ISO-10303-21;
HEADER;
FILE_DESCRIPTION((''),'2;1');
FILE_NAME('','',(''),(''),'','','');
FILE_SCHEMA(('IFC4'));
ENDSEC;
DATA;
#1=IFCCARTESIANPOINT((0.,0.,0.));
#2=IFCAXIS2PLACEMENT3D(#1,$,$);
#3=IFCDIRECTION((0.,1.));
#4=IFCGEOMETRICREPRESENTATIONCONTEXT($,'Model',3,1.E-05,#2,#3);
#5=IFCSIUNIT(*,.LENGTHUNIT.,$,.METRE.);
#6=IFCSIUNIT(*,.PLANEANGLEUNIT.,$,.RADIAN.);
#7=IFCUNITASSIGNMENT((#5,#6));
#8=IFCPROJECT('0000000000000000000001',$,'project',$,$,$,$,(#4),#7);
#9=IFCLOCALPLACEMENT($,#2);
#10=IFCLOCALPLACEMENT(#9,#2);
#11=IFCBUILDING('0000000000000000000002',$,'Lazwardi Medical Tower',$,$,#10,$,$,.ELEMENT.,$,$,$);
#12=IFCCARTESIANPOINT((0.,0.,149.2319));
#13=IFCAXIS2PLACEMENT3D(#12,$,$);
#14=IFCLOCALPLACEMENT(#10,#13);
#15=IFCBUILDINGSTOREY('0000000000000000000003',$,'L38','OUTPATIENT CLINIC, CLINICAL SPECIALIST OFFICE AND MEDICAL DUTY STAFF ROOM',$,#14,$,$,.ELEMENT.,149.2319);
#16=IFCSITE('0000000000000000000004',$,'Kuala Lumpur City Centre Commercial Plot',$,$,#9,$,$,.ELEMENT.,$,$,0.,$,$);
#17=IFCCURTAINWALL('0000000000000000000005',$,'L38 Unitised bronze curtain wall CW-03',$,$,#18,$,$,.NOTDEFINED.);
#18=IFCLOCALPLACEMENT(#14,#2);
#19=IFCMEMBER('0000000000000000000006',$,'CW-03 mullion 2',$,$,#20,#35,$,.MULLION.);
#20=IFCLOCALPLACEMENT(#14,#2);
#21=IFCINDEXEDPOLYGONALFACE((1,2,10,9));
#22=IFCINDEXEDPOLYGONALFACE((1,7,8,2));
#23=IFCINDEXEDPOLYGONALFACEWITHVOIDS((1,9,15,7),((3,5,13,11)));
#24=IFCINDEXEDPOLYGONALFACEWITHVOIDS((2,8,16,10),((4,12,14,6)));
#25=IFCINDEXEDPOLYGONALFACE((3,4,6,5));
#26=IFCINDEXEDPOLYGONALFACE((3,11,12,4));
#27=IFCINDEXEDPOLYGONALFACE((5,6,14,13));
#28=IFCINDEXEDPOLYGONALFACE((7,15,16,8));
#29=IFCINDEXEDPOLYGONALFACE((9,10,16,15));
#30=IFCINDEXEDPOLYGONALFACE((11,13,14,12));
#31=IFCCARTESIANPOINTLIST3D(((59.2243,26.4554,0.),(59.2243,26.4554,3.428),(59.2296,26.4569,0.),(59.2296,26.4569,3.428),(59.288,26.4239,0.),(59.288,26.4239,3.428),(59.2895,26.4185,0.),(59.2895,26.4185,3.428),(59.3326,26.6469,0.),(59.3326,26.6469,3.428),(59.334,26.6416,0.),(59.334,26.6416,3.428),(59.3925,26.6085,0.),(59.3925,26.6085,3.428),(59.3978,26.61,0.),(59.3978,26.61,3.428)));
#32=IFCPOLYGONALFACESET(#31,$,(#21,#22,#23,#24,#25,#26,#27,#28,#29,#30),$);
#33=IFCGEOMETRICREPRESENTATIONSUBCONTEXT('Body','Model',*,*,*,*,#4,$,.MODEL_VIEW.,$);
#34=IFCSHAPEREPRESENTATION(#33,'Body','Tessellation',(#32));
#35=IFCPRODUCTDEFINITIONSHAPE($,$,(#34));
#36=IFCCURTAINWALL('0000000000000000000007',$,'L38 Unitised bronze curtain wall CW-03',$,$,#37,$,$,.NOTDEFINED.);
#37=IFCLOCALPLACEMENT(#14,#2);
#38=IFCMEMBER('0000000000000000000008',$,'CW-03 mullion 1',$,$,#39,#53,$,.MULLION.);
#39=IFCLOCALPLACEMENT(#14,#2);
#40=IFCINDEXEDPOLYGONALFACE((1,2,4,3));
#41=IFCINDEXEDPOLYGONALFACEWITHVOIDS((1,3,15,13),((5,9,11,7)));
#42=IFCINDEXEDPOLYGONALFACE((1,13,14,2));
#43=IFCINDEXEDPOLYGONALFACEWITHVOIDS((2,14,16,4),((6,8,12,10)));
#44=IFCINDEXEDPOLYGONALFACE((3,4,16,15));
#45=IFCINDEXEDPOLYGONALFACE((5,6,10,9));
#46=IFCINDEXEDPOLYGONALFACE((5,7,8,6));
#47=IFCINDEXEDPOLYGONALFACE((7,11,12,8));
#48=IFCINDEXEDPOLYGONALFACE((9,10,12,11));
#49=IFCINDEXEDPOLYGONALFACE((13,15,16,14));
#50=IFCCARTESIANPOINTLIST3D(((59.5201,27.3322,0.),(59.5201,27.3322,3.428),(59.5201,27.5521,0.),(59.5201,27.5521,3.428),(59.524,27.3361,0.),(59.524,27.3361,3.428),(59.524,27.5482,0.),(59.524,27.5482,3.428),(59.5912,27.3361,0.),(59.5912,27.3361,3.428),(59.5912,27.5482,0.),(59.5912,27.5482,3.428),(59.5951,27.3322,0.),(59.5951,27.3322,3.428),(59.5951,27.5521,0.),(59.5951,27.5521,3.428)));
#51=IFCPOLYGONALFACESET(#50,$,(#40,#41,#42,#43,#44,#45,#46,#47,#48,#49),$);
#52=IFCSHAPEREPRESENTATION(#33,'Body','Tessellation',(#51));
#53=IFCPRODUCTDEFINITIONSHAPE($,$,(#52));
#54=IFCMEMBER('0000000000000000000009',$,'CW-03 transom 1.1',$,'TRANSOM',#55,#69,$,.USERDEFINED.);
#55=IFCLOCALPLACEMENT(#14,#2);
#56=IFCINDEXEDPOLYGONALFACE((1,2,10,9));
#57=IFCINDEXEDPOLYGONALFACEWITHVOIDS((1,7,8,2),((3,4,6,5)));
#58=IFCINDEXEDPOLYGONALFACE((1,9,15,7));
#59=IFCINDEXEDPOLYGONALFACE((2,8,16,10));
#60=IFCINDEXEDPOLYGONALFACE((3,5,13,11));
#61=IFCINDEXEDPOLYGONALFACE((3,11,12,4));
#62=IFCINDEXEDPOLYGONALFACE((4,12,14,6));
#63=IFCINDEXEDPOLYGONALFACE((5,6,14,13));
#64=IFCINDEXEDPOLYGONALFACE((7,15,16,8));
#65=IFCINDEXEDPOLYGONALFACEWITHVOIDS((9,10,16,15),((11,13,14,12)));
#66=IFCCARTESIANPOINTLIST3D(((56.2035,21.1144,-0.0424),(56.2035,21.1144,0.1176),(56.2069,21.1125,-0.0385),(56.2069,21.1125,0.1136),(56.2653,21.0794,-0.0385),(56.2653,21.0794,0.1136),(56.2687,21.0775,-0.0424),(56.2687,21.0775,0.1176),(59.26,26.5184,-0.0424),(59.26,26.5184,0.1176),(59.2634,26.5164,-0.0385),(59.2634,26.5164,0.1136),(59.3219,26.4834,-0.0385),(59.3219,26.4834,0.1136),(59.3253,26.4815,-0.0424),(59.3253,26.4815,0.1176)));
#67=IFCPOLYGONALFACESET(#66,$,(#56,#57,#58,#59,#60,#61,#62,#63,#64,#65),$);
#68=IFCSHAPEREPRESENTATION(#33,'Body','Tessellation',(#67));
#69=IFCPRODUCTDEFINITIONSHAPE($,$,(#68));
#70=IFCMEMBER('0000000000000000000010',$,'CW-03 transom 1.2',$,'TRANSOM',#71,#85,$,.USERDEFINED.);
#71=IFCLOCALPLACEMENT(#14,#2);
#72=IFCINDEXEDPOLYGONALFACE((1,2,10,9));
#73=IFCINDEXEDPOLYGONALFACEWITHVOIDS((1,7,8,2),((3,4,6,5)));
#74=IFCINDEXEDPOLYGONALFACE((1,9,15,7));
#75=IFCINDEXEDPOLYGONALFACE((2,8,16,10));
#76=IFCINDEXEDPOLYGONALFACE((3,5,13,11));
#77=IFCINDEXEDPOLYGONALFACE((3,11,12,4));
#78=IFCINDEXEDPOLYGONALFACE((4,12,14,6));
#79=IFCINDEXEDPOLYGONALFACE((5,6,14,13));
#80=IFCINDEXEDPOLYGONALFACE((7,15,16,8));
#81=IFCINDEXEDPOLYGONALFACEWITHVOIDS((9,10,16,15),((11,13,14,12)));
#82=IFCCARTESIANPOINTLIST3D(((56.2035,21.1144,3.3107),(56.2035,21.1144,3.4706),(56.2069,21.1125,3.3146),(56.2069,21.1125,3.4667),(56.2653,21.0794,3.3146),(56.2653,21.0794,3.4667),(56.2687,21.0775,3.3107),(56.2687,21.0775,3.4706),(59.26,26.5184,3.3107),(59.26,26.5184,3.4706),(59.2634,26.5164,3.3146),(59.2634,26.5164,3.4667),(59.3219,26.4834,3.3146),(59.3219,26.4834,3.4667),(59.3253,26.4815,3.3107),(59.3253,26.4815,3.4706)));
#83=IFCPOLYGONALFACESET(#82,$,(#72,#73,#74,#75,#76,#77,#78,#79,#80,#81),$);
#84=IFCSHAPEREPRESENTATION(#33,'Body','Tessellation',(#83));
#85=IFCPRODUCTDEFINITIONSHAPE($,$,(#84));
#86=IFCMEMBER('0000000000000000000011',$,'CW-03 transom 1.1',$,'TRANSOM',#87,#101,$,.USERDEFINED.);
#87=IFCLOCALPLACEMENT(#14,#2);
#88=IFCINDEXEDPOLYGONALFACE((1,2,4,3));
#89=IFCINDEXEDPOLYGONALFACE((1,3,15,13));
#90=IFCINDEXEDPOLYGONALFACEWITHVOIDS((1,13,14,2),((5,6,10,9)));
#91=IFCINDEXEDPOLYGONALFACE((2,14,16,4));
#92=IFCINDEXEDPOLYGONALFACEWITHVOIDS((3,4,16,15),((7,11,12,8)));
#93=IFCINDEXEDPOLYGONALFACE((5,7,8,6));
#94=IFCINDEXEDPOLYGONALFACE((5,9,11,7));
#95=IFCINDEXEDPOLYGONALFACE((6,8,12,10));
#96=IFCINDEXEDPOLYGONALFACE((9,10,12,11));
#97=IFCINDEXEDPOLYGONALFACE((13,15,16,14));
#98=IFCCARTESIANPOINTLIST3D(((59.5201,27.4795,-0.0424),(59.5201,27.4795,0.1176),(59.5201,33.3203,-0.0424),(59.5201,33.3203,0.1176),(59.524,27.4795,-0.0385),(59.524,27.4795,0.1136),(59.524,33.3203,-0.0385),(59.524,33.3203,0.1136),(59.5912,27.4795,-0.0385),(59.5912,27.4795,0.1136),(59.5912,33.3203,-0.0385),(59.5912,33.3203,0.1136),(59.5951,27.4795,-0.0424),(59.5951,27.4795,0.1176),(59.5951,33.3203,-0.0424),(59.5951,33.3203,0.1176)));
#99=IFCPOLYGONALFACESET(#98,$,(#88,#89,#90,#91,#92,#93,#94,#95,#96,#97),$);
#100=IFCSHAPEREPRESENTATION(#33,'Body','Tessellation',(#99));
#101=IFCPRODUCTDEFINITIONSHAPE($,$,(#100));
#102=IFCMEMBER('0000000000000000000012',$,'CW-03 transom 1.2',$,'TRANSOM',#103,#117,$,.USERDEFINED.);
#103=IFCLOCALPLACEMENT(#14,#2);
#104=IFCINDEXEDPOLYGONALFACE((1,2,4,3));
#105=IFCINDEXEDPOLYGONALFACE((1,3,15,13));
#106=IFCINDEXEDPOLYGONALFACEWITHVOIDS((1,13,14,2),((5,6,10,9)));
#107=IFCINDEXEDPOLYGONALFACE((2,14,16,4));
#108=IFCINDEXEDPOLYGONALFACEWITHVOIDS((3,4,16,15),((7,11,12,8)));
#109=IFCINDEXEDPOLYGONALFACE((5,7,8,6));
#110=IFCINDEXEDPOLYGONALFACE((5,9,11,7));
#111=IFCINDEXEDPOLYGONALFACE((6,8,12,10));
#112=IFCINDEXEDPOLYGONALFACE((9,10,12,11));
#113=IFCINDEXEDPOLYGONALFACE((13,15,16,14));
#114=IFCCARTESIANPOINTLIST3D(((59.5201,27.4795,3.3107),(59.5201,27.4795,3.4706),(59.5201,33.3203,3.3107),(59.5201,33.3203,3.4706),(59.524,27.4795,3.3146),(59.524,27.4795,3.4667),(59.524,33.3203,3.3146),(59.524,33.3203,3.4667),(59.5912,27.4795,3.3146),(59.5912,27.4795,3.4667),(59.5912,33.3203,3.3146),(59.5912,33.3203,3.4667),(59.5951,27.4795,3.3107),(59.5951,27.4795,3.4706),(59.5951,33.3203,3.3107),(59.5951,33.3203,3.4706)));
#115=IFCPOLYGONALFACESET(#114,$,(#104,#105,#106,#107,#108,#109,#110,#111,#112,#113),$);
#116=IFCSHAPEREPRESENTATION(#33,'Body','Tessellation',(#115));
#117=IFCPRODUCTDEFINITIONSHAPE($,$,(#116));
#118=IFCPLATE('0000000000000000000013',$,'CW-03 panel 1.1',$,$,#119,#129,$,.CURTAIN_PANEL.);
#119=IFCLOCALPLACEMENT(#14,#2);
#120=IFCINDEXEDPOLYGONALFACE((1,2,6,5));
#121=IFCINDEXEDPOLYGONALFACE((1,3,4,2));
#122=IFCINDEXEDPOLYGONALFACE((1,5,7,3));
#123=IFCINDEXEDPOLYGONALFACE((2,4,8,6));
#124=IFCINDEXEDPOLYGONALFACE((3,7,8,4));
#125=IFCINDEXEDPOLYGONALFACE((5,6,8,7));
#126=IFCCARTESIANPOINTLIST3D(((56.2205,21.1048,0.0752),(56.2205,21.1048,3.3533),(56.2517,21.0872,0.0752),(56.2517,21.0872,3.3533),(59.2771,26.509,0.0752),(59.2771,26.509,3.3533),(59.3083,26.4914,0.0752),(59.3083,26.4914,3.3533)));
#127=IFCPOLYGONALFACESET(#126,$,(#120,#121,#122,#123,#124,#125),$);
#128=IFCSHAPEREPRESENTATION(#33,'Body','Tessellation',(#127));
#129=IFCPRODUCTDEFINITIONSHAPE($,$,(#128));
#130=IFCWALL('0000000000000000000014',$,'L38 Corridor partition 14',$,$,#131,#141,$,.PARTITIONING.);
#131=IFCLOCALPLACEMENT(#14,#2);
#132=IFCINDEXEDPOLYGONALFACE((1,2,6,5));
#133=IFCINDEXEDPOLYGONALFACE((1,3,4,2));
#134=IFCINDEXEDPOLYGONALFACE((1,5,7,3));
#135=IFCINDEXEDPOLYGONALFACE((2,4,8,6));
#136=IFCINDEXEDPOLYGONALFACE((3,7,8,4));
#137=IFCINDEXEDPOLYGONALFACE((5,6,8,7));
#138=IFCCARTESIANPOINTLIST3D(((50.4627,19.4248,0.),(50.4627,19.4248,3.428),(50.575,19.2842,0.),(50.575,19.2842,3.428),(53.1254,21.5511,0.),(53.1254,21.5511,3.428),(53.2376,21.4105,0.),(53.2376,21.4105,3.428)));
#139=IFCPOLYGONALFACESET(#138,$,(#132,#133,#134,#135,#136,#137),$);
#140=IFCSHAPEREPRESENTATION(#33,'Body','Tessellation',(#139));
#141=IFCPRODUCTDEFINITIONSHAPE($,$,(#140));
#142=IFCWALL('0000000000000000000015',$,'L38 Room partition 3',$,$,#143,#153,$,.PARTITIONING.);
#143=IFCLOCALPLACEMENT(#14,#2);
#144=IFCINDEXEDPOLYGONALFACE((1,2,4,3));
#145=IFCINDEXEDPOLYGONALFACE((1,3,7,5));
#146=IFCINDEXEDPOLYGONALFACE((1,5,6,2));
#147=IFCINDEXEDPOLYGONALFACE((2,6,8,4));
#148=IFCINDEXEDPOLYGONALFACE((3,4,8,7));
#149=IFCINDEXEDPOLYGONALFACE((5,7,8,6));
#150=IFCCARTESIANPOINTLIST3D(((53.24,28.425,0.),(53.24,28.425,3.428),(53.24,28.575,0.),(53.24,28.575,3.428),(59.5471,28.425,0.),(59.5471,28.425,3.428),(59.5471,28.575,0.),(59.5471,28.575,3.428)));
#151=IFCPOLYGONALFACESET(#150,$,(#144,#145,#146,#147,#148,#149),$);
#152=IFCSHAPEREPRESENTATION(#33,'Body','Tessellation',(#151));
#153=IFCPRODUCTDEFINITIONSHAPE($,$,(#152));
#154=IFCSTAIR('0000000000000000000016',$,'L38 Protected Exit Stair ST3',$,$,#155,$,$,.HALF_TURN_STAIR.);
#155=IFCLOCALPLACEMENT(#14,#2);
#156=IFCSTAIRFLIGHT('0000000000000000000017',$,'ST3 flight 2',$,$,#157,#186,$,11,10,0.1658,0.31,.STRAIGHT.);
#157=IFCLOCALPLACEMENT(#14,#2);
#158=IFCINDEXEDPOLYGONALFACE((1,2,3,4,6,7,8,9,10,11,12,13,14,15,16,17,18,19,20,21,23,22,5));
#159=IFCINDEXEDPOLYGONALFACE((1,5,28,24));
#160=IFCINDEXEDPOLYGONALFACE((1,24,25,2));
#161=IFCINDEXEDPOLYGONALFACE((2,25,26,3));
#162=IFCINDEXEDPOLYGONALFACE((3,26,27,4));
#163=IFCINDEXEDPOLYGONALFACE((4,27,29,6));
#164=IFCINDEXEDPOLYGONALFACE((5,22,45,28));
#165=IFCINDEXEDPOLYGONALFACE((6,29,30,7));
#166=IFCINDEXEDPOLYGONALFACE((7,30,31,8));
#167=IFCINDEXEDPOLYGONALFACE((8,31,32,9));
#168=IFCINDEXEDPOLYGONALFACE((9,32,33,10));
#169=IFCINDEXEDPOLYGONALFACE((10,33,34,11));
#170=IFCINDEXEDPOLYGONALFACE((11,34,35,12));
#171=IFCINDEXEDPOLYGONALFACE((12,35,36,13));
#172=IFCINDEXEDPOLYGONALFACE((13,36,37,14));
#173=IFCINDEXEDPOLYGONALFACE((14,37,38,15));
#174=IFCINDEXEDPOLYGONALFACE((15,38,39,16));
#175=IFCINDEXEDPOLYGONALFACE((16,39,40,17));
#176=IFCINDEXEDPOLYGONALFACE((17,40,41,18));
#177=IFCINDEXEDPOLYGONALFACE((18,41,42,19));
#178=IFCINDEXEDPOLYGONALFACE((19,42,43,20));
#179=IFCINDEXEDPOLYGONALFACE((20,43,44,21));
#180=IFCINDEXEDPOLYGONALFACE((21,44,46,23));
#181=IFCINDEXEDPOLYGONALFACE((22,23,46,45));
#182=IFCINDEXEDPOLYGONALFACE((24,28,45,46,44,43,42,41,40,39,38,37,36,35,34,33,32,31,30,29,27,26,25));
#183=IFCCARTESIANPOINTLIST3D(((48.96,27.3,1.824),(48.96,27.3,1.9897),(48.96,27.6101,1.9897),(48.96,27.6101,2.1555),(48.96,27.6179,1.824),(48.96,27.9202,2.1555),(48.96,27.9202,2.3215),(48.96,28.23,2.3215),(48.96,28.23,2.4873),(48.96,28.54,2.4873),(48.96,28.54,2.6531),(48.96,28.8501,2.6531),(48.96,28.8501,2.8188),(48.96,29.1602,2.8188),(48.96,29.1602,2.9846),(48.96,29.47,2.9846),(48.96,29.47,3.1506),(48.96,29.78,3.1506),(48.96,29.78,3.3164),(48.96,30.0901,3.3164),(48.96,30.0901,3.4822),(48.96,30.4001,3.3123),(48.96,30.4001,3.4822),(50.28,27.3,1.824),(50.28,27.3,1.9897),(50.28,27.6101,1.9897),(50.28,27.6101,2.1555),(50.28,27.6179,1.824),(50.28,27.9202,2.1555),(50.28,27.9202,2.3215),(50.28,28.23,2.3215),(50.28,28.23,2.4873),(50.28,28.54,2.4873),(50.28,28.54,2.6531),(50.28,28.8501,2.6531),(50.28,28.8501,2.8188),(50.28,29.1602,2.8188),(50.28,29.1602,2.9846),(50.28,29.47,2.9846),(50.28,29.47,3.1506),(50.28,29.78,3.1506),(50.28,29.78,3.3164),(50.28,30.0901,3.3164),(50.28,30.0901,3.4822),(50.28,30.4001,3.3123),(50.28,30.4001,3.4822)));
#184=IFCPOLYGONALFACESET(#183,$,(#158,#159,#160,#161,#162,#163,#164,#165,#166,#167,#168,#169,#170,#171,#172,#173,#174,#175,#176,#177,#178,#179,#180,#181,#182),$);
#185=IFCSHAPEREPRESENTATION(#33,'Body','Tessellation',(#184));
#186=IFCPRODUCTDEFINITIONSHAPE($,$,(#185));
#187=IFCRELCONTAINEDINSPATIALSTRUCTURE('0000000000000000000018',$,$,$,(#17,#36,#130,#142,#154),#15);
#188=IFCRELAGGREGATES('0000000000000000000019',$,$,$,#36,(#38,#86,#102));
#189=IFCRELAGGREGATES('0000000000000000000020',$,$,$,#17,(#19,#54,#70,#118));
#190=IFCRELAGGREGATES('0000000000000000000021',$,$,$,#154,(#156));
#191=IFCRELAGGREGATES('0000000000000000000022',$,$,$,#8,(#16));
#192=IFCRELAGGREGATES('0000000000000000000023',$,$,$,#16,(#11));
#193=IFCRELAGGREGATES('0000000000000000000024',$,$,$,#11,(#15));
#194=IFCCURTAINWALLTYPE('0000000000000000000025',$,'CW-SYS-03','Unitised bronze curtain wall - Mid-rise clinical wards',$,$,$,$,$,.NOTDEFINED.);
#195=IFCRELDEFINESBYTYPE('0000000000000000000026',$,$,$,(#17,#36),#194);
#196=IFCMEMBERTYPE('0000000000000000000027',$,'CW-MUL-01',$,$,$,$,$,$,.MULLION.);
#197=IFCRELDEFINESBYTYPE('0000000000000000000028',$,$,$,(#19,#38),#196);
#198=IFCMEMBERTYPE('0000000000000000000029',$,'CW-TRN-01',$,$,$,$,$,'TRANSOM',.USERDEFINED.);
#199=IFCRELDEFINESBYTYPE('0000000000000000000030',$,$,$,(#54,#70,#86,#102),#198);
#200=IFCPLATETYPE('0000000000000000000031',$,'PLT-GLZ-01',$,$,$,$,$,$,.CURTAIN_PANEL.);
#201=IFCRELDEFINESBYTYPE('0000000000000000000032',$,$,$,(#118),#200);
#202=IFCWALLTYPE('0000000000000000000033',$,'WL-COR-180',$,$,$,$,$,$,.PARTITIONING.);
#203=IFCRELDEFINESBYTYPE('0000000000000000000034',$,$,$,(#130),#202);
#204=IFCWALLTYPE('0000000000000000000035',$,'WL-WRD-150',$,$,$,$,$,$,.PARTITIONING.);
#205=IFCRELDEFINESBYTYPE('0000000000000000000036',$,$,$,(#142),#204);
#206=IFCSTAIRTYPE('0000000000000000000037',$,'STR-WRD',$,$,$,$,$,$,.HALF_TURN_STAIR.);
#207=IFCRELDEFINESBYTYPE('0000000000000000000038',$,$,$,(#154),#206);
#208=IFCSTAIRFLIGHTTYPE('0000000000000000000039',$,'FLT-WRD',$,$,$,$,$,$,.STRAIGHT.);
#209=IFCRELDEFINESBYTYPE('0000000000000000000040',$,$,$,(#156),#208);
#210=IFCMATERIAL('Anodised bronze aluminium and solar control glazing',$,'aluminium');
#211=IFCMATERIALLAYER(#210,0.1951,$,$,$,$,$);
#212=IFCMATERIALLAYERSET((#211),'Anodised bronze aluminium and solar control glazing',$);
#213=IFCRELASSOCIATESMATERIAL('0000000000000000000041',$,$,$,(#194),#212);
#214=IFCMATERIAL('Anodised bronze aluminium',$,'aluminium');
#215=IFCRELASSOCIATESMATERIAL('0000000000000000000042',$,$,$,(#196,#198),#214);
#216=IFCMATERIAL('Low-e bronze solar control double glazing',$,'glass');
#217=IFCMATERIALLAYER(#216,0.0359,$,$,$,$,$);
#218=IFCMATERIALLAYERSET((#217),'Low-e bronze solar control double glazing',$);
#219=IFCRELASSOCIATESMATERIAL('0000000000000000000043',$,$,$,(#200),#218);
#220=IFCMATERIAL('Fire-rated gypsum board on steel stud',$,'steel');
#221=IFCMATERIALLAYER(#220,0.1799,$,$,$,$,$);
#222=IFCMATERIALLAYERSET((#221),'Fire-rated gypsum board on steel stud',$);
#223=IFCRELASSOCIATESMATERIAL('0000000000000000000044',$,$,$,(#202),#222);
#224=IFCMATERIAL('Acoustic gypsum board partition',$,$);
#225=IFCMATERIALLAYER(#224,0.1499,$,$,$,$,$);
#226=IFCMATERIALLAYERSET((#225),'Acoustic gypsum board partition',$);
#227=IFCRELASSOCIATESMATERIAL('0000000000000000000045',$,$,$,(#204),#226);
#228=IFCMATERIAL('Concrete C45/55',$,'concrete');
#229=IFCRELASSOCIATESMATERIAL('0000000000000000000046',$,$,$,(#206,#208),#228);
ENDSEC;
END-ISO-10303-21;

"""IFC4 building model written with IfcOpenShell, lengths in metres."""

from ifc_helpers import new_model, si_unit, direction, frame, frame_2d, origin, origin_2d, place, context, subcontext, project, spatial, polyline, rectangle, hollow_rectangle, outline, extrude, material, layer, layer_set, material_profile, profile_set, type_object, element, aggregate, save


model = new_model("IFC4")

# Units and contexts
model_context = context("Model", 3, precision=1e-05, world=origin(), true_north=direction((0.0, 1.0)))
body_context = subcontext(model_context, "Body", "Model", "MODEL_VIEW")
ifc_project = project(units=[si_unit("LENGTHUNIT", "METRE"), si_unit("PLANEANGLEUNIT", "RADIAN")], contexts=[model_context])

# Site, building, storey
site_placement = place(None, origin())
site = spatial("IfcSite", under=ifc_project, at=site_placement, Name="Kuala Lumpur City Centre Commercial Plot", CompositionType="ELEMENT", RefElevation=0.0)
building_placement = place(site_placement, origin())
building = spatial("IfcBuilding", under=site, at=building_placement, Name="Lazwardi Medical Tower", CompositionType="ELEMENT")
storey_placement = place(building_placement, frame((0.0, 0.0, 149.2319)))
storey = spatial("IfcBuildingStorey", under=building, at=storey_placement, Name="L38", Description="OUTPATIENT CLINIC, CLINICAL SPECIALIST OFFICE AND MEDICAL DUTY STAFF ROOM", CompositionType="ELEMENT", Elevation=149.2319)

# Curtain wall, member
ifc_material_1 = material(Name="Anodised bronze aluminium and solar control glazing", Category="aluminium")
ifc_layer_1 = layer(ifc_material_1, 0.1951)
ifc_layer_set_1 = layer_set([ifc_layer_1], Name="Anodised bronze aluminium and solar control glazing")
curtain_wall_type = type_object("IfcCurtainWallType", Name="CW-SYS-03", Description="Unitised bronze curtain wall - Mid-rise clinical wards", PredefinedType="NOTDEFINED", material=ifc_layer_set_1)
curtain_wall_1_placement = place(storey_placement, origin())
curtain_wall_1 = element("IfcCurtainWall", 1, at=curtain_wall_1_placement, inside=storey, type_object=curtain_wall_type, Name="L38 Unitised bronze curtain wall CW-03", PredefinedType="NOTDEFINED")
ifc_material_2 = material(Name="Anodised bronze aluminium", Category="aluminium")
ifc_material_profile_1 = material_profile(ifc_material_2, hollow_rectangle(XDim=0.075, YDim=0.22, WallThickness=0.0039, at=origin_2d()), Name="ALU-MULLION 220x75x4")
ifc_profile_set_1 = profile_set([ifc_material_profile_1], Name="Anodised bronze aluminium")
member_type_1 = type_object("IfcMemberType", Name="CW-MUL-01", PredefinedType="MULLION", material=ifc_profile_set_1)
member_1_placement = place(storey_placement, frame((59.311, 26.5327, 0.0), z_axis=(0.0, 0.0, 1.0), x_axis=(-0.870419, 0.492312, 0.0)))
member_1 = element("IfcMember", 2, at=member_1_placement, type_object=member_type_1, Name="CW-03 mullion 2", PredefinedType="MULLION", context=body_context, shape_type="SweptSolid", body=[
    extrude(hollow_rectangle(XDim=0.075, YDim=0.22, WallThickness=0.0039, at=origin_2d()), origin(), (0.0, 0.0, 1.0), 3.428),
])

# Curtain wall, member
curtain_wall_2_placement = place(storey_placement, origin())
curtain_wall_2 = element("IfcCurtainWall", 3, at=curtain_wall_2_placement, inside=storey, type_object=curtain_wall_type, Name="L38 Unitised bronze curtain wall CW-03", PredefinedType="NOTDEFINED")
member_2_placement = place(storey_placement, frame((59.5576, 27.4421, 0.0), z_axis=(0.0, 0.0, 1.0), x_axis=(-1.0, 0.0, 0.0)))
member_2 = element("IfcMember", 4, at=member_2_placement, type_object=member_type_1, Name="CW-03 mullion 1", PredefinedType="MULLION", context=body_context, shape_type="SweptSolid", body=[
    extrude(hollow_rectangle(XDim=0.075, YDim=0.22, WallThickness=0.0039, at=origin_2d()), origin(), (0.0, 0.0, 1.0), 3.428),
])

# Members
ifc_material_profile_2 = material_profile(ifc_material_2, hollow_rectangle(XDim=0.075, YDim=0.1599, WallThickness=0.0039, at=origin_2d()), Name="ALU-TRANSOM 160x75x4")
ifc_profile_set_2 = profile_set([ifc_material_profile_2], Name="Anodised bronze aluminium")
member_type_2 = type_object("IfcMemberType", Name="CW-TRN-01", ElementType="TRANSOM", PredefinedType="USERDEFINED", material=ifc_profile_set_2)
member_3_placement = place(storey_placement, frame((56.2361, 21.0959, 0.0376), z_axis=(0.492323, 0.870413, 0.0), x_axis=(-0.870413, 0.492323, 0.0)))
member_3 = element("IfcMember", 5, at=member_3_placement, type_object=member_type_2, Name="CW-03 transom 1.1", ObjectType="TRANSOM", PredefinedType="USERDEFINED", context=body_context, shape_type="SweptSolid", body=[
    extrude(hollow_rectangle(XDim=0.075, YDim=0.1599, WallThickness=0.0039, at=origin_2d()), origin(), (0.0, 0.0, 1.0), 6.2085),
])
member_4_placement = place(storey_placement, frame((56.2361, 21.0959, 3.3906), z_axis=(0.492323, 0.870413, 0.0), x_axis=(-0.870413, 0.492323, 0.0)))
member_4 = element("IfcMember", 6, at=member_4_placement, type_object=member_type_2, Name="CW-03 transom 1.2", ObjectType="TRANSOM", PredefinedType="USERDEFINED", context=body_context, shape_type="SweptSolid", body=[
    extrude(hollow_rectangle(XDim=0.075, YDim=0.1599, WallThickness=0.0039, at=origin_2d()), origin(), (0.0, 0.0, 1.0), 6.2085),
])
member_5_placement = place(storey_placement, frame((59.5576, 27.4795, 0.0376), z_axis=(0.0, 1.0, 0.0), x_axis=(-1.0, 0.0, 0.0)))
member_5 = element("IfcMember", 7, at=member_5_placement, type_object=member_type_2, Name="CW-03 transom 1.1", ObjectType="TRANSOM", PredefinedType="USERDEFINED", context=body_context, shape_type="SweptSolid", body=[
    extrude(hollow_rectangle(XDim=0.075, YDim=0.1599, WallThickness=0.0039, at=origin_2d()), origin(), (0.0, 0.0, 1.0), 5.8408),
])
member_6_placement = place(storey_placement, frame((59.5576, 27.4795, 3.3906), z_axis=(0.0, 1.0, 0.0), x_axis=(-1.0, 0.0, 0.0)))
member_6 = element("IfcMember", 8, at=member_6_placement, type_object=member_type_2, Name="CW-03 transom 1.2", ObjectType="TRANSOM", PredefinedType="USERDEFINED", context=body_context, shape_type="SweptSolid", body=[
    extrude(hollow_rectangle(XDim=0.075, YDim=0.1599, WallThickness=0.0039, at=origin_2d()), origin(), (0.0, 0.0, 1.0), 5.8408),
])
aggregate(curtain_wall_2, [member_2, member_5, member_6])

# Plate
ifc_material_3 = material(Name="Low-e bronze solar control double glazing", Category="glass")
ifc_layer_2 = layer(ifc_material_3, 0.0359)
ifc_layer_set_2 = layer_set([ifc_layer_2], Name="Low-e bronze solar control double glazing")
plate_type = type_object("IfcPlateType", Name="PLT-GLZ-01", PredefinedType="CURTAIN_PANEL", material=ifc_layer_set_2)
plate_placement = place(storey_placement, frame((57.7644, 23.7981, 0.0752), z_axis=(0.0, 0.0, 1.0), x_axis=(0.492312, 0.870419, 0.0)))
plate = element("IfcPlate", 9, at=plate_placement, type_object=plate_type, Name="CW-03 panel 1.1", PredefinedType="CURTAIN_PANEL", context=body_context, shape_type="SweptSolid", body=[
    extrude(rectangle(XDim=6.2087, YDim=0.0359, at=origin_2d()), origin(), (0.0, 0.0, 1.0), 3.2781),
])
aggregate(curtain_wall_1, [member_1, member_3, member_4, plate])

# Walls
ifc_material_4 = material(Name="Fire-rated gypsum board on steel stud", Category="steel")
ifc_layer_3 = layer(ifc_material_4, 0.1799)
ifc_layer_set_3 = layer_set([ifc_layer_3], Name="Fire-rated gypsum board on steel stud")
wall_type_1 = type_object("IfcWallType", Name="WL-COR-180", PredefinedType="PARTITIONING", material=ifc_layer_set_3)
wall_1_placement = place(storey_placement, frame((53.1814, 21.4807, 0.0), z_axis=(0.0, 0.0, 1.0), x_axis=(-0.781421, -0.624005, 0.0)))
element("IfcWall", 10, at=wall_1_placement, inside=storey, type_object=wall_type_1, Name="L38 Corridor partition 14", PredefinedType="PARTITIONING", context=body_context, shape_type="SweptSolid", body=[
    extrude(rectangle(XDim=3.4075, YDim=0.1799, at=frame_2d((1.7036, 0.0))), origin(), (0.0, 0.0, 1.0), 3.428),
])
ifc_material_5 = material(Name="Acoustic gypsum board partition")
ifc_layer_4 = layer(ifc_material_5, 0.1499)
ifc_layer_set_4 = layer_set([ifc_layer_4], Name="Acoustic gypsum board partition")
wall_type_2 = type_object("IfcWallType", Name="WL-WRD-150", PredefinedType="PARTITIONING", material=ifc_layer_set_4)
wall_2_placement = place(storey_placement, frame((53.24, 28.5, 0.0), z_axis=(0.0, 0.0, 1.0), x_axis=(1.0, 0.0, 0.0)))
element("IfcWall", 11, at=wall_2_placement, inside=storey, type_object=wall_type_2, Name="L38 Room partition 3", PredefinedType="PARTITIONING", context=body_context, shape_type="SweptSolid", body=[
    extrude(rectangle(XDim=6.3071, YDim=0.1499, at=frame_2d((3.1536, 0.0))), origin(), (0.0, 0.0, 1.0), 3.428),
])

# Stair, stair flight
ifc_material_6 = material(Name="Concrete C45/55", Category="concrete")
stair_type = type_object("IfcStairType", Name="STR-WRD", PredefinedType="HALF_TURN_STAIR", material=ifc_material_6)
stair_placement = place(storey_placement, origin())
stair = element("IfcStair", 12, at=stair_placement, inside=storey, type_object=stair_type, Name="L38 Protected Exit Stair ST3", PredefinedType="HALF_TURN_STAIR")
stair_flight_type = type_object("IfcStairFlightType", Name="FLT-WRD", PredefinedType="STRAIGHT", material=ifc_material_6)
stair_flight_placement = place(storey_placement, frame((49.6201, 27.3, 1.824), z_axis=(0.0, 0.0, 1.0), x_axis=(0.0, 1.0, 0.0)))
stair_flight = element("IfcStairFlight", 13, at=stair_flight_placement, type_object=stair_flight_type, Name="ST3 flight 2", NumberOfRisers=11, NumberOfTreads=10, PredefinedType="STRAIGHT", RiserHeight=0.1658, TreadLength=0.31, context=body_context, shape_type="SweptSolid", body=[
    extrude(outline(polyline([(0.0, 0.0), (0.0, 0.1658), (0.3101, 0.1658), (0.3101, 0.3315), (0.6201, 0.3315), (0.6201, 0.4976), (0.9299, 0.4976), (0.9299, 0.6633), (1.24, 0.6633), (1.24, 0.8291), (1.55, 0.8291), (1.55, 0.9949), (1.8601, 0.9949), (1.8601, 1.1606), (2.1699, 1.1606), (2.1699, 1.3267), (2.48, 1.3267), (2.48, 1.4924), (2.79, 1.4924), (2.79, 1.6582), (3.1001, 1.6582), (3.1001, 1.824), (3.1001, 1.4883), (0.3179, 0.0), (0.0, 0.0)])), frame((0.0, 0.6602, 0.0), z_axis=(0.0, -1.0, 0.0), x_axis=(1.0, 0.0, 0.0)), (0.0, 0.0, 1.0), 1.3201),
])
aggregate(stair, [stair_flight])

save(model, "model.ifc")
